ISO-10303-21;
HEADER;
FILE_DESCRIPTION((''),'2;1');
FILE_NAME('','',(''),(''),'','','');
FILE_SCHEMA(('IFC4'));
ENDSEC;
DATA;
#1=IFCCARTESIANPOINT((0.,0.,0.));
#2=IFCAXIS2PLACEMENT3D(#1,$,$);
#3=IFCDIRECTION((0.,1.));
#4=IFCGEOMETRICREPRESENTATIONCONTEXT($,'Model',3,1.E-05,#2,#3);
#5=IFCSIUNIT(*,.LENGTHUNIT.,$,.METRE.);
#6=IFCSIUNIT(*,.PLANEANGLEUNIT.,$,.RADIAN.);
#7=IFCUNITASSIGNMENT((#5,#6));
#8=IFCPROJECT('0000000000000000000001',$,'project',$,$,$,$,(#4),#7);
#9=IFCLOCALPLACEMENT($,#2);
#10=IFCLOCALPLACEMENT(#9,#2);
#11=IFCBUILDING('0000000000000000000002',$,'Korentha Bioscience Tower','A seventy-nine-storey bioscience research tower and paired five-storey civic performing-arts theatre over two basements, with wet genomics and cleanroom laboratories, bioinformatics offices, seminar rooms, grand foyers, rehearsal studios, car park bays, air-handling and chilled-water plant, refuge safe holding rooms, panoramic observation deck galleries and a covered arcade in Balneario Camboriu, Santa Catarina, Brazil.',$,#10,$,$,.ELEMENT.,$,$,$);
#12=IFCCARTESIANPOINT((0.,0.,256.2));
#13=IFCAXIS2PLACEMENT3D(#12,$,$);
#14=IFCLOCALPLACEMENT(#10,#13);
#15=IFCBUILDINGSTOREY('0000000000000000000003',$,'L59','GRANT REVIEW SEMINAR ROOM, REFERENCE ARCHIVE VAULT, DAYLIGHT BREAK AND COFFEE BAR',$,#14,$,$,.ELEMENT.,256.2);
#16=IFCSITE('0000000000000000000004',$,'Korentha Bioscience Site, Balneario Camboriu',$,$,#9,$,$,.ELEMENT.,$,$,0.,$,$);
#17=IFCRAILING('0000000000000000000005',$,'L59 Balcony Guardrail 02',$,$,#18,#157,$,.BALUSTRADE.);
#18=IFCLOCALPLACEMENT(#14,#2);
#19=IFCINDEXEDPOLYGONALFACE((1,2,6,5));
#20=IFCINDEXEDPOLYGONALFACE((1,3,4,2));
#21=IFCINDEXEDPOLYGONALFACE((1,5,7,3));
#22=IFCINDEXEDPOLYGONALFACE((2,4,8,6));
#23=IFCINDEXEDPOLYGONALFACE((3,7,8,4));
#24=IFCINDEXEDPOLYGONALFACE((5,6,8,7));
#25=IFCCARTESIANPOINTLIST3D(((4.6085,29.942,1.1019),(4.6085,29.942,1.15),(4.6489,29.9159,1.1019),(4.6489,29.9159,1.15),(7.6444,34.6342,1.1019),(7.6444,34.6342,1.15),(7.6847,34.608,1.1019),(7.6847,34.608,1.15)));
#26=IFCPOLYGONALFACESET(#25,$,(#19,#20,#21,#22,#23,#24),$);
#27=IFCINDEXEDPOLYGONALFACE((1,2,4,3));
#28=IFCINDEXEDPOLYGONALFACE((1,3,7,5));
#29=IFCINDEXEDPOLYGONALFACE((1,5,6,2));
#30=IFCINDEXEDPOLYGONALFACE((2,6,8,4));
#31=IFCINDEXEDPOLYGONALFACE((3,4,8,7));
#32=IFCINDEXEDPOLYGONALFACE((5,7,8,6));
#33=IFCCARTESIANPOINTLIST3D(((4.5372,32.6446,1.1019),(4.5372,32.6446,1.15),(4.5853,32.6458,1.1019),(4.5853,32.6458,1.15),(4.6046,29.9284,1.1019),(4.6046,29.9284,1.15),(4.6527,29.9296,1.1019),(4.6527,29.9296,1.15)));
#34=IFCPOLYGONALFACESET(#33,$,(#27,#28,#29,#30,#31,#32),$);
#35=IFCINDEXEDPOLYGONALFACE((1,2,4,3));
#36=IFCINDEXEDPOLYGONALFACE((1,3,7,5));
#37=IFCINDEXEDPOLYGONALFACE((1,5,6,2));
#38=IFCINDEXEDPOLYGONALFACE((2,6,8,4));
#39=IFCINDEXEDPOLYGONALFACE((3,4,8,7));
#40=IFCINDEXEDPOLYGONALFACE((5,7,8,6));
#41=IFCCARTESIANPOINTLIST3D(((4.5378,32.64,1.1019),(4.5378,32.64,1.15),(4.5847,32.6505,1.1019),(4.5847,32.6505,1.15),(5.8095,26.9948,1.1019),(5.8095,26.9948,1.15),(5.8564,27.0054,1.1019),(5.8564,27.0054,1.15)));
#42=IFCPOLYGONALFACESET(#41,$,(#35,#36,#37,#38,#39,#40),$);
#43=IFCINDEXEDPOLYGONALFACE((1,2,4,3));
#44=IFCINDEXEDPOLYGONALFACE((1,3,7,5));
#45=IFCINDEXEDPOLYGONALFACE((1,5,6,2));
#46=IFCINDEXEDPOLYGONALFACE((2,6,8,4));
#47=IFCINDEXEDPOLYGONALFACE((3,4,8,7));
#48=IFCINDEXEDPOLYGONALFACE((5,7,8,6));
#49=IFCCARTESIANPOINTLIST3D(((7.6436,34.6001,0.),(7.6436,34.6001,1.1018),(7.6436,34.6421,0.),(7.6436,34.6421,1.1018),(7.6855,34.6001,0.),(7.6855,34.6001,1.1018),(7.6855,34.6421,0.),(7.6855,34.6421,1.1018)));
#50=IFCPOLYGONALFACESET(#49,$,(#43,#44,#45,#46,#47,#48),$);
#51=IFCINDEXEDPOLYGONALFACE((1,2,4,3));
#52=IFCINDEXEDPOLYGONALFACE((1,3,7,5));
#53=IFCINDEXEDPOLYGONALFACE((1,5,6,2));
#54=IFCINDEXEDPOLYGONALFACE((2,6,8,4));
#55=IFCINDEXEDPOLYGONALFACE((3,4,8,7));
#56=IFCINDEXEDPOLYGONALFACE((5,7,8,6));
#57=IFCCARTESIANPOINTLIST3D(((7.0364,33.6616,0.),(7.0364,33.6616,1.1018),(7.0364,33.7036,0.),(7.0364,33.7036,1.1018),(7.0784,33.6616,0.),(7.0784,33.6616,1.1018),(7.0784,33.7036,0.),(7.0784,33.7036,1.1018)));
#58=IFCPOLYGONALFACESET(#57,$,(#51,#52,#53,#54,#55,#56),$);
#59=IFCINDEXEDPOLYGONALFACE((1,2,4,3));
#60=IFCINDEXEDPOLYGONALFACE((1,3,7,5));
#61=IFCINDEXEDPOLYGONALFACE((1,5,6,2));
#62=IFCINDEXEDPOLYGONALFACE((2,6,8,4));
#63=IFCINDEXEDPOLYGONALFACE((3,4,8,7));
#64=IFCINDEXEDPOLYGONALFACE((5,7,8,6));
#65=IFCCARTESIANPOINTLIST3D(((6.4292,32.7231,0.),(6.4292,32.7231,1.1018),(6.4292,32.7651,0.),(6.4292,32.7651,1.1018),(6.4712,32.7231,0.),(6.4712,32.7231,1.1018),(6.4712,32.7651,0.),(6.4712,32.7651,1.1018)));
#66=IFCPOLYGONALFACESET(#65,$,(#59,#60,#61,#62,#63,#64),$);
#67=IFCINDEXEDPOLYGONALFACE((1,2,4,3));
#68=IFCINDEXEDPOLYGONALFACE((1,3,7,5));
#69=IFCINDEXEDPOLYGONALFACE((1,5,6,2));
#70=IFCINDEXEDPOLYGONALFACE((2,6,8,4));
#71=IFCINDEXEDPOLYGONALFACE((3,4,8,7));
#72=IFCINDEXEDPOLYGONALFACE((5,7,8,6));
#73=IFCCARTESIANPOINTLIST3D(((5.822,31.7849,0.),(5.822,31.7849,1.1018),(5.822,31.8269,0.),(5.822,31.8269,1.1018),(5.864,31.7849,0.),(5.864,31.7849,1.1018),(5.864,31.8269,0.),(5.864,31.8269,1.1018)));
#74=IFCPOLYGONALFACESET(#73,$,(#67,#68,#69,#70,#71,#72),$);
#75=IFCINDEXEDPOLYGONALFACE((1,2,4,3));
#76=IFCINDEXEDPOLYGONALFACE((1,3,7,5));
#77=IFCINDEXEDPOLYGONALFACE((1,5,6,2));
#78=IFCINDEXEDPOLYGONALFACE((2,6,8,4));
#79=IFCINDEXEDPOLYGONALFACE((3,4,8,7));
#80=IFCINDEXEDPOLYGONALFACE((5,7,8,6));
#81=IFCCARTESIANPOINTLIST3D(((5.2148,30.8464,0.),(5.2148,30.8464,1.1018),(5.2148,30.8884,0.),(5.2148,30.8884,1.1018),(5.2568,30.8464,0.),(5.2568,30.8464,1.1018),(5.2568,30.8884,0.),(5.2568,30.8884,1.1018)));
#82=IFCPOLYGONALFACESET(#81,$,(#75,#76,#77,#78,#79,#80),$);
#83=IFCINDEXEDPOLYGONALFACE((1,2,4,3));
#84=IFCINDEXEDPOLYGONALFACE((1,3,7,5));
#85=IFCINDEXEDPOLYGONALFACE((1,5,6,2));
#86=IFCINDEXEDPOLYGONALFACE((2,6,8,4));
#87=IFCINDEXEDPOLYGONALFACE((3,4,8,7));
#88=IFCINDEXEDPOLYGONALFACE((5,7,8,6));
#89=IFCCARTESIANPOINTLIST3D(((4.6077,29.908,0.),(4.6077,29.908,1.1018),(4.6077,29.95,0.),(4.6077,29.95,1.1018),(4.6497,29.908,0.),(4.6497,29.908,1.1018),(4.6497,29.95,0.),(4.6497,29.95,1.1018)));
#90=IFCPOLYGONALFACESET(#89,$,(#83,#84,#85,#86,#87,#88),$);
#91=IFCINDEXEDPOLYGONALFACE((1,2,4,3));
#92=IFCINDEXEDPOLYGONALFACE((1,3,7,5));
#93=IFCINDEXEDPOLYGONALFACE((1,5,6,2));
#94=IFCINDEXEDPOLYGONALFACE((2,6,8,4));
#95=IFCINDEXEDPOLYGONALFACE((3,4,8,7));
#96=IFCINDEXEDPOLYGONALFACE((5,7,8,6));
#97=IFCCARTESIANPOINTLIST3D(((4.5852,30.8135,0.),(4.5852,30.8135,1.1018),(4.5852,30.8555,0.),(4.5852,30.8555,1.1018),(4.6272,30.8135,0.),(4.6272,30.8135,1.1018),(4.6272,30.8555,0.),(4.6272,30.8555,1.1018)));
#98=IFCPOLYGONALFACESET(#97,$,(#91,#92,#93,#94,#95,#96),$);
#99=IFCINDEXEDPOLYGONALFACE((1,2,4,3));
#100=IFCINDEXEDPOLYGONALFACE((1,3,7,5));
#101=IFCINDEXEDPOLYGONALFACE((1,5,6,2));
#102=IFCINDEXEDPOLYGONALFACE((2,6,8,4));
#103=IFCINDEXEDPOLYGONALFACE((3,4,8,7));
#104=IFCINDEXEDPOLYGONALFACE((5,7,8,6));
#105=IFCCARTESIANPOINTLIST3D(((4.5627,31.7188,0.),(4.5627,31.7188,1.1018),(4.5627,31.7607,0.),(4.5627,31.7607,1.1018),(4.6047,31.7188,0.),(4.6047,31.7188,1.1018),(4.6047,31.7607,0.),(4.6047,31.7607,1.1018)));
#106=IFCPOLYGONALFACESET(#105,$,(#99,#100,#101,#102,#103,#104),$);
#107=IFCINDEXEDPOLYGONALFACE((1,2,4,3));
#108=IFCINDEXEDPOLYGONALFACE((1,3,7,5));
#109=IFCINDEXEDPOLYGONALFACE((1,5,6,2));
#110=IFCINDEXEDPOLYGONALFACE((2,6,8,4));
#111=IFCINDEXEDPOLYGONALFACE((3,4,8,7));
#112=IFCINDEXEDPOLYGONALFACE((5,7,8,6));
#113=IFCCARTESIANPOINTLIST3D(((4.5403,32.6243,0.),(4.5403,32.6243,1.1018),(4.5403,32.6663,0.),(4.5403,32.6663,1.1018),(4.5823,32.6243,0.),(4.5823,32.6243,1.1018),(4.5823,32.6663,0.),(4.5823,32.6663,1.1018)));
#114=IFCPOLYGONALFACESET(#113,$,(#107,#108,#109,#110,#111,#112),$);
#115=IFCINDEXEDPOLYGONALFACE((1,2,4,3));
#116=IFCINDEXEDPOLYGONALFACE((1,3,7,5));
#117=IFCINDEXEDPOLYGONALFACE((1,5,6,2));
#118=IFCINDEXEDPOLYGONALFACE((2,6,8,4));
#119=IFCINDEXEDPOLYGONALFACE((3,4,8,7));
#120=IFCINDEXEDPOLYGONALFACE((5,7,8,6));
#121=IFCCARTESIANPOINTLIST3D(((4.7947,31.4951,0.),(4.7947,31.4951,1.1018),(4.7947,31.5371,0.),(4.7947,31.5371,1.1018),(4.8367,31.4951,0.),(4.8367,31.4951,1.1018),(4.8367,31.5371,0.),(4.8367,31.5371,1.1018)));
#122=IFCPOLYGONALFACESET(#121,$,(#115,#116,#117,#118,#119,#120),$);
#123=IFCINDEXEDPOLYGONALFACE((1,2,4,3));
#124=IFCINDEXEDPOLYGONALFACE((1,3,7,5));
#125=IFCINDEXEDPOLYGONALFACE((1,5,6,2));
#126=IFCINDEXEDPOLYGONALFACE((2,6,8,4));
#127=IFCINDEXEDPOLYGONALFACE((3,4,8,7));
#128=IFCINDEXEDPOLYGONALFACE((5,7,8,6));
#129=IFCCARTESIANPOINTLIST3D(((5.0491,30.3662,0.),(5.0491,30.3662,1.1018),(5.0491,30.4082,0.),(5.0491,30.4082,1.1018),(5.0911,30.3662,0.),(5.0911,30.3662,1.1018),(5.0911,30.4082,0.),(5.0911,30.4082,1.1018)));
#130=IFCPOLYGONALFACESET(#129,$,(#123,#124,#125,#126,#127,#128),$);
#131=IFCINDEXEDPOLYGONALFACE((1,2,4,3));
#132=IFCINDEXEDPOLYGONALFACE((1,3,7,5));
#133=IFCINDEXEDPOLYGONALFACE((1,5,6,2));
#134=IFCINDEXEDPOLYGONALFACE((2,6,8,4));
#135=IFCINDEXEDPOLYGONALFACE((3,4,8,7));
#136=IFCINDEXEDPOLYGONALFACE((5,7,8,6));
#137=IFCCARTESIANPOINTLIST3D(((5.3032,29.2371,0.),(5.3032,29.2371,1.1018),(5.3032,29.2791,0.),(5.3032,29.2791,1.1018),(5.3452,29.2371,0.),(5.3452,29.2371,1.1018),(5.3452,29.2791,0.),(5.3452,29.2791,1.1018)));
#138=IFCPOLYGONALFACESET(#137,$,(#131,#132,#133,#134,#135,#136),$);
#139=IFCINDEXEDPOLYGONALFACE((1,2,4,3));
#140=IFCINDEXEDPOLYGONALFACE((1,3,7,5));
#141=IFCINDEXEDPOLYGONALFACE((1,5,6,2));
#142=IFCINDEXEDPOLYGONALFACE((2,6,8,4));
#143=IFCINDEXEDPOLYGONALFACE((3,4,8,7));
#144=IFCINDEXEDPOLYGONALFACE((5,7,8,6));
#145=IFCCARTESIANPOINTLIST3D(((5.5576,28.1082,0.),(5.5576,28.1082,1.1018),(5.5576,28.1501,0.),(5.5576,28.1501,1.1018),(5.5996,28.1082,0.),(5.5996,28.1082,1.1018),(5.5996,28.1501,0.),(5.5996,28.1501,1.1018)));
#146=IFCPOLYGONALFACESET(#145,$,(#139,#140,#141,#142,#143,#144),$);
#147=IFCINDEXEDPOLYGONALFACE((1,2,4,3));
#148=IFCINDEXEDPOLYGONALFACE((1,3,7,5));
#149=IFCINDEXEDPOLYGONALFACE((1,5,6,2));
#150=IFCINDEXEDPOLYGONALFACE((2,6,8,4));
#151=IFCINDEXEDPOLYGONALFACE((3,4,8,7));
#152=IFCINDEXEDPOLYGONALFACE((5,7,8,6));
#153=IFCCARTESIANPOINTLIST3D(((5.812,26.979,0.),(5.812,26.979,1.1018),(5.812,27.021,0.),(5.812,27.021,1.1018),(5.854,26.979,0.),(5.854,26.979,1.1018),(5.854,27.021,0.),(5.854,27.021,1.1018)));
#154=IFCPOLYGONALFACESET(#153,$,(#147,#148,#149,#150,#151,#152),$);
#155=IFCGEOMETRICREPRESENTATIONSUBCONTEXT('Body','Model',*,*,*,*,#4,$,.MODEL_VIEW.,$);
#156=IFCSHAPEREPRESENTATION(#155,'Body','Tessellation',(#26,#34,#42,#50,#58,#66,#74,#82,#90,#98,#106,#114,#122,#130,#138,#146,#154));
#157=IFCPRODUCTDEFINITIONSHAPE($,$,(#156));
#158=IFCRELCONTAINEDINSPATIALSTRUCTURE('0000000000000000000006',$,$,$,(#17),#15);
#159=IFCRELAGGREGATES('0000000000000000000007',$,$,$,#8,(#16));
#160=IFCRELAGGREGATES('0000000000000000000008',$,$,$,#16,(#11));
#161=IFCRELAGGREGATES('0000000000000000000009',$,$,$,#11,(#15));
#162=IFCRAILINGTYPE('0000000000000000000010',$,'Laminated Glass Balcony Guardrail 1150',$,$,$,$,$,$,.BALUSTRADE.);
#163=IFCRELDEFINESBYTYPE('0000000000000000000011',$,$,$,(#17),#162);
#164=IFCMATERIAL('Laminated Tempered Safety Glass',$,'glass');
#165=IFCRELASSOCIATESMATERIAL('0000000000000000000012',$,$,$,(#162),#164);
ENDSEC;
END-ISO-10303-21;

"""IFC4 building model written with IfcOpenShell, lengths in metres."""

from ifc_helpers import new_model, si_unit, direction, frame, origin, origin_2d, place, context, subcontext, project, spatial, rectangle, extrude, material, type_object, element, save


model = new_model("IFC4")

# Units and contexts
model_context = context("Model", 3, precision=1e-05, world=origin(), true_north=direction((0.0, 1.0)))
body_context = subcontext(model_context, "Body", "Model", "MODEL_VIEW")
ifc_project = project(units=[si_unit("LENGTHUNIT", "METRE"), si_unit("PLANEANGLEUNIT", "RADIAN")], contexts=[model_context])

# Site, building, storey
site_placement = place(None, origin())
site = spatial("IfcSite", under=ifc_project, at=site_placement, Name="Korentha Bioscience Site, Balneario Camboriu", CompositionType="ELEMENT", RefElevation=0.0)
building_placement = place(site_placement, origin())
building = spatial("IfcBuilding", under=site, at=building_placement, Name="Korentha Bioscience Tower", Description="A seventy-nine-storey bioscience research tower and paired five-storey civic performing-arts theatre over two basements, with wet genomics and cleanroom laboratories, bioinformatics offices, seminar rooms, grand foyers, rehearsal studios, car park bays, air-handling and chilled-water plant, refuge safe holding rooms, panoramic observation deck galleries and a covered arcade in Balneario Camboriu, Santa Catarina, Brazil.", CompositionType="ELEMENT")
storey_placement = place(building_placement, frame((0.0, 0.0, 256.2)))
storey = spatial("IfcBuildingStorey", under=building, at=storey_placement, Name="L59", Description="GRANT REVIEW SEMINAR ROOM, REFERENCE ARCHIVE VAULT, DAYLIGHT BREAK AND COFFEE BAR", CompositionType="ELEMENT", Elevation=256.2)

# Railing
ifc_material_1 = material(Name="Laminated Tempered Safety Glass", Category="glass")
railing_type = type_object("IfcRailingType", Name="Laminated Glass Balcony Guardrail 1150", PredefinedType="BALUSTRADE", material=ifc_material_1)
railing_placement = place(storey_placement, frame((7.6646, 34.6211, 0.0)))
element("IfcRailing", 1, at=railing_placement, inside=storey, type_object=railing_type, Name="L59 Balcony Guardrail 02", PredefinedType="BALUSTRADE", context=body_context, shape_type="SweptSolid", body=[
    extrude(rectangle(XDim=0.0481, YDim=0.0481, at=origin_2d()), frame((0.0, 0.0, 1.126), z_axis=(-0.543226, -0.839587, 0.0), x_axis=(0.839587, -0.543226, 0.0)), (0.0, 0.0, 1.0), 5.5886),
    extrude(rectangle(XDim=0.0481, YDim=0.0481, at=origin_2d()), frame((-3.0359, -4.6921, 1.126), z_axis=(-0.024799, 0.999692, 0.0), x_axis=(-0.999692, -0.024799, 0.0)), (0.0, 0.0, 1.0), 2.717),
    extrude(rectangle(XDim=0.0481, YDim=0.0481, at=origin_2d()), frame((-3.1033, -1.9758, 1.126), z_axis=(0.219766, -0.975553, 0.0), x_axis=(0.975553, 0.219766, 0.0)), (0.0, 0.0, 1.0), 5.7866),
    extrude(rectangle(XDim=0.042, YDim=0.042, at=origin_2d()), origin(), (0.0, 0.0, 1.0), 1.1018),
    extrude(rectangle(XDim=0.042, YDim=0.042, at=origin_2d()), frame((-0.6072, -0.9385, 0.0)), (0.0, 0.0, 1.0), 1.1018),
    extrude(rectangle(XDim=0.042, YDim=0.042, at=origin_2d()), frame((-1.2144, -1.877, 0.0)), (0.0, 0.0, 1.0), 1.1018),
    extrude(rectangle(XDim=0.042, YDim=0.042, at=origin_2d()), frame((-1.8215, -2.8152, 0.0)), (0.0, 0.0, 1.0), 1.1018),
    extrude(rectangle(XDim=0.042, YDim=0.042, at=origin_2d()), frame((-2.4287, -3.7537, 0.0)), (0.0, 0.0, 1.0), 1.1018),
    extrude(rectangle(XDim=0.042, YDim=0.042, at=origin_2d()), frame((-3.0359, -4.6921, 0.0)), (0.0, 0.0, 1.0), 1.1018),
    extrude(rectangle(XDim=0.042, YDim=0.042, at=origin_2d()), frame((-3.0583, -3.7866, 0.0)), (0.0, 0.0, 1.0), 1.1018),
    extrude(rectangle(XDim=0.042, YDim=0.042, at=origin_2d()), frame((-3.0808, -2.8813, 0.0)), (0.0, 0.0, 1.0), 1.1018),
    extrude(rectangle(XDim=0.042, YDim=0.042, at=origin_2d()), frame((-3.1033, -1.9758, 0.0)), (0.0, 0.0, 1.0), 1.1018),
    extrude(rectangle(XDim=0.042, YDim=0.042, at=origin_2d()), frame((-2.8489, -3.105, 0.0)), (0.0, 0.0, 1.0), 1.1018),
    extrude(rectangle(XDim=0.042, YDim=0.042, at=origin_2d()), frame((-2.5945, -4.2339, 0.0)), (0.0, 0.0, 1.0), 1.1018),
    extrude(rectangle(XDim=0.042, YDim=0.042, at=origin_2d()), frame((-2.3403, -5.363, 0.0)), (0.0, 0.0, 1.0), 1.1018),
    extrude(rectangle(XDim=0.042, YDim=0.042, at=origin_2d()), frame((-2.0859, -6.4919, 0.0)), (0.0, 0.0, 1.0), 1.1018),
    extrude(rectangle(XDim=0.042, YDim=0.042, at=origin_2d()), frame((-1.8315, -7.6211, 0.0)), (0.0, 0.0, 1.0), 1.1018),
])

save(model, "model.ifc")
